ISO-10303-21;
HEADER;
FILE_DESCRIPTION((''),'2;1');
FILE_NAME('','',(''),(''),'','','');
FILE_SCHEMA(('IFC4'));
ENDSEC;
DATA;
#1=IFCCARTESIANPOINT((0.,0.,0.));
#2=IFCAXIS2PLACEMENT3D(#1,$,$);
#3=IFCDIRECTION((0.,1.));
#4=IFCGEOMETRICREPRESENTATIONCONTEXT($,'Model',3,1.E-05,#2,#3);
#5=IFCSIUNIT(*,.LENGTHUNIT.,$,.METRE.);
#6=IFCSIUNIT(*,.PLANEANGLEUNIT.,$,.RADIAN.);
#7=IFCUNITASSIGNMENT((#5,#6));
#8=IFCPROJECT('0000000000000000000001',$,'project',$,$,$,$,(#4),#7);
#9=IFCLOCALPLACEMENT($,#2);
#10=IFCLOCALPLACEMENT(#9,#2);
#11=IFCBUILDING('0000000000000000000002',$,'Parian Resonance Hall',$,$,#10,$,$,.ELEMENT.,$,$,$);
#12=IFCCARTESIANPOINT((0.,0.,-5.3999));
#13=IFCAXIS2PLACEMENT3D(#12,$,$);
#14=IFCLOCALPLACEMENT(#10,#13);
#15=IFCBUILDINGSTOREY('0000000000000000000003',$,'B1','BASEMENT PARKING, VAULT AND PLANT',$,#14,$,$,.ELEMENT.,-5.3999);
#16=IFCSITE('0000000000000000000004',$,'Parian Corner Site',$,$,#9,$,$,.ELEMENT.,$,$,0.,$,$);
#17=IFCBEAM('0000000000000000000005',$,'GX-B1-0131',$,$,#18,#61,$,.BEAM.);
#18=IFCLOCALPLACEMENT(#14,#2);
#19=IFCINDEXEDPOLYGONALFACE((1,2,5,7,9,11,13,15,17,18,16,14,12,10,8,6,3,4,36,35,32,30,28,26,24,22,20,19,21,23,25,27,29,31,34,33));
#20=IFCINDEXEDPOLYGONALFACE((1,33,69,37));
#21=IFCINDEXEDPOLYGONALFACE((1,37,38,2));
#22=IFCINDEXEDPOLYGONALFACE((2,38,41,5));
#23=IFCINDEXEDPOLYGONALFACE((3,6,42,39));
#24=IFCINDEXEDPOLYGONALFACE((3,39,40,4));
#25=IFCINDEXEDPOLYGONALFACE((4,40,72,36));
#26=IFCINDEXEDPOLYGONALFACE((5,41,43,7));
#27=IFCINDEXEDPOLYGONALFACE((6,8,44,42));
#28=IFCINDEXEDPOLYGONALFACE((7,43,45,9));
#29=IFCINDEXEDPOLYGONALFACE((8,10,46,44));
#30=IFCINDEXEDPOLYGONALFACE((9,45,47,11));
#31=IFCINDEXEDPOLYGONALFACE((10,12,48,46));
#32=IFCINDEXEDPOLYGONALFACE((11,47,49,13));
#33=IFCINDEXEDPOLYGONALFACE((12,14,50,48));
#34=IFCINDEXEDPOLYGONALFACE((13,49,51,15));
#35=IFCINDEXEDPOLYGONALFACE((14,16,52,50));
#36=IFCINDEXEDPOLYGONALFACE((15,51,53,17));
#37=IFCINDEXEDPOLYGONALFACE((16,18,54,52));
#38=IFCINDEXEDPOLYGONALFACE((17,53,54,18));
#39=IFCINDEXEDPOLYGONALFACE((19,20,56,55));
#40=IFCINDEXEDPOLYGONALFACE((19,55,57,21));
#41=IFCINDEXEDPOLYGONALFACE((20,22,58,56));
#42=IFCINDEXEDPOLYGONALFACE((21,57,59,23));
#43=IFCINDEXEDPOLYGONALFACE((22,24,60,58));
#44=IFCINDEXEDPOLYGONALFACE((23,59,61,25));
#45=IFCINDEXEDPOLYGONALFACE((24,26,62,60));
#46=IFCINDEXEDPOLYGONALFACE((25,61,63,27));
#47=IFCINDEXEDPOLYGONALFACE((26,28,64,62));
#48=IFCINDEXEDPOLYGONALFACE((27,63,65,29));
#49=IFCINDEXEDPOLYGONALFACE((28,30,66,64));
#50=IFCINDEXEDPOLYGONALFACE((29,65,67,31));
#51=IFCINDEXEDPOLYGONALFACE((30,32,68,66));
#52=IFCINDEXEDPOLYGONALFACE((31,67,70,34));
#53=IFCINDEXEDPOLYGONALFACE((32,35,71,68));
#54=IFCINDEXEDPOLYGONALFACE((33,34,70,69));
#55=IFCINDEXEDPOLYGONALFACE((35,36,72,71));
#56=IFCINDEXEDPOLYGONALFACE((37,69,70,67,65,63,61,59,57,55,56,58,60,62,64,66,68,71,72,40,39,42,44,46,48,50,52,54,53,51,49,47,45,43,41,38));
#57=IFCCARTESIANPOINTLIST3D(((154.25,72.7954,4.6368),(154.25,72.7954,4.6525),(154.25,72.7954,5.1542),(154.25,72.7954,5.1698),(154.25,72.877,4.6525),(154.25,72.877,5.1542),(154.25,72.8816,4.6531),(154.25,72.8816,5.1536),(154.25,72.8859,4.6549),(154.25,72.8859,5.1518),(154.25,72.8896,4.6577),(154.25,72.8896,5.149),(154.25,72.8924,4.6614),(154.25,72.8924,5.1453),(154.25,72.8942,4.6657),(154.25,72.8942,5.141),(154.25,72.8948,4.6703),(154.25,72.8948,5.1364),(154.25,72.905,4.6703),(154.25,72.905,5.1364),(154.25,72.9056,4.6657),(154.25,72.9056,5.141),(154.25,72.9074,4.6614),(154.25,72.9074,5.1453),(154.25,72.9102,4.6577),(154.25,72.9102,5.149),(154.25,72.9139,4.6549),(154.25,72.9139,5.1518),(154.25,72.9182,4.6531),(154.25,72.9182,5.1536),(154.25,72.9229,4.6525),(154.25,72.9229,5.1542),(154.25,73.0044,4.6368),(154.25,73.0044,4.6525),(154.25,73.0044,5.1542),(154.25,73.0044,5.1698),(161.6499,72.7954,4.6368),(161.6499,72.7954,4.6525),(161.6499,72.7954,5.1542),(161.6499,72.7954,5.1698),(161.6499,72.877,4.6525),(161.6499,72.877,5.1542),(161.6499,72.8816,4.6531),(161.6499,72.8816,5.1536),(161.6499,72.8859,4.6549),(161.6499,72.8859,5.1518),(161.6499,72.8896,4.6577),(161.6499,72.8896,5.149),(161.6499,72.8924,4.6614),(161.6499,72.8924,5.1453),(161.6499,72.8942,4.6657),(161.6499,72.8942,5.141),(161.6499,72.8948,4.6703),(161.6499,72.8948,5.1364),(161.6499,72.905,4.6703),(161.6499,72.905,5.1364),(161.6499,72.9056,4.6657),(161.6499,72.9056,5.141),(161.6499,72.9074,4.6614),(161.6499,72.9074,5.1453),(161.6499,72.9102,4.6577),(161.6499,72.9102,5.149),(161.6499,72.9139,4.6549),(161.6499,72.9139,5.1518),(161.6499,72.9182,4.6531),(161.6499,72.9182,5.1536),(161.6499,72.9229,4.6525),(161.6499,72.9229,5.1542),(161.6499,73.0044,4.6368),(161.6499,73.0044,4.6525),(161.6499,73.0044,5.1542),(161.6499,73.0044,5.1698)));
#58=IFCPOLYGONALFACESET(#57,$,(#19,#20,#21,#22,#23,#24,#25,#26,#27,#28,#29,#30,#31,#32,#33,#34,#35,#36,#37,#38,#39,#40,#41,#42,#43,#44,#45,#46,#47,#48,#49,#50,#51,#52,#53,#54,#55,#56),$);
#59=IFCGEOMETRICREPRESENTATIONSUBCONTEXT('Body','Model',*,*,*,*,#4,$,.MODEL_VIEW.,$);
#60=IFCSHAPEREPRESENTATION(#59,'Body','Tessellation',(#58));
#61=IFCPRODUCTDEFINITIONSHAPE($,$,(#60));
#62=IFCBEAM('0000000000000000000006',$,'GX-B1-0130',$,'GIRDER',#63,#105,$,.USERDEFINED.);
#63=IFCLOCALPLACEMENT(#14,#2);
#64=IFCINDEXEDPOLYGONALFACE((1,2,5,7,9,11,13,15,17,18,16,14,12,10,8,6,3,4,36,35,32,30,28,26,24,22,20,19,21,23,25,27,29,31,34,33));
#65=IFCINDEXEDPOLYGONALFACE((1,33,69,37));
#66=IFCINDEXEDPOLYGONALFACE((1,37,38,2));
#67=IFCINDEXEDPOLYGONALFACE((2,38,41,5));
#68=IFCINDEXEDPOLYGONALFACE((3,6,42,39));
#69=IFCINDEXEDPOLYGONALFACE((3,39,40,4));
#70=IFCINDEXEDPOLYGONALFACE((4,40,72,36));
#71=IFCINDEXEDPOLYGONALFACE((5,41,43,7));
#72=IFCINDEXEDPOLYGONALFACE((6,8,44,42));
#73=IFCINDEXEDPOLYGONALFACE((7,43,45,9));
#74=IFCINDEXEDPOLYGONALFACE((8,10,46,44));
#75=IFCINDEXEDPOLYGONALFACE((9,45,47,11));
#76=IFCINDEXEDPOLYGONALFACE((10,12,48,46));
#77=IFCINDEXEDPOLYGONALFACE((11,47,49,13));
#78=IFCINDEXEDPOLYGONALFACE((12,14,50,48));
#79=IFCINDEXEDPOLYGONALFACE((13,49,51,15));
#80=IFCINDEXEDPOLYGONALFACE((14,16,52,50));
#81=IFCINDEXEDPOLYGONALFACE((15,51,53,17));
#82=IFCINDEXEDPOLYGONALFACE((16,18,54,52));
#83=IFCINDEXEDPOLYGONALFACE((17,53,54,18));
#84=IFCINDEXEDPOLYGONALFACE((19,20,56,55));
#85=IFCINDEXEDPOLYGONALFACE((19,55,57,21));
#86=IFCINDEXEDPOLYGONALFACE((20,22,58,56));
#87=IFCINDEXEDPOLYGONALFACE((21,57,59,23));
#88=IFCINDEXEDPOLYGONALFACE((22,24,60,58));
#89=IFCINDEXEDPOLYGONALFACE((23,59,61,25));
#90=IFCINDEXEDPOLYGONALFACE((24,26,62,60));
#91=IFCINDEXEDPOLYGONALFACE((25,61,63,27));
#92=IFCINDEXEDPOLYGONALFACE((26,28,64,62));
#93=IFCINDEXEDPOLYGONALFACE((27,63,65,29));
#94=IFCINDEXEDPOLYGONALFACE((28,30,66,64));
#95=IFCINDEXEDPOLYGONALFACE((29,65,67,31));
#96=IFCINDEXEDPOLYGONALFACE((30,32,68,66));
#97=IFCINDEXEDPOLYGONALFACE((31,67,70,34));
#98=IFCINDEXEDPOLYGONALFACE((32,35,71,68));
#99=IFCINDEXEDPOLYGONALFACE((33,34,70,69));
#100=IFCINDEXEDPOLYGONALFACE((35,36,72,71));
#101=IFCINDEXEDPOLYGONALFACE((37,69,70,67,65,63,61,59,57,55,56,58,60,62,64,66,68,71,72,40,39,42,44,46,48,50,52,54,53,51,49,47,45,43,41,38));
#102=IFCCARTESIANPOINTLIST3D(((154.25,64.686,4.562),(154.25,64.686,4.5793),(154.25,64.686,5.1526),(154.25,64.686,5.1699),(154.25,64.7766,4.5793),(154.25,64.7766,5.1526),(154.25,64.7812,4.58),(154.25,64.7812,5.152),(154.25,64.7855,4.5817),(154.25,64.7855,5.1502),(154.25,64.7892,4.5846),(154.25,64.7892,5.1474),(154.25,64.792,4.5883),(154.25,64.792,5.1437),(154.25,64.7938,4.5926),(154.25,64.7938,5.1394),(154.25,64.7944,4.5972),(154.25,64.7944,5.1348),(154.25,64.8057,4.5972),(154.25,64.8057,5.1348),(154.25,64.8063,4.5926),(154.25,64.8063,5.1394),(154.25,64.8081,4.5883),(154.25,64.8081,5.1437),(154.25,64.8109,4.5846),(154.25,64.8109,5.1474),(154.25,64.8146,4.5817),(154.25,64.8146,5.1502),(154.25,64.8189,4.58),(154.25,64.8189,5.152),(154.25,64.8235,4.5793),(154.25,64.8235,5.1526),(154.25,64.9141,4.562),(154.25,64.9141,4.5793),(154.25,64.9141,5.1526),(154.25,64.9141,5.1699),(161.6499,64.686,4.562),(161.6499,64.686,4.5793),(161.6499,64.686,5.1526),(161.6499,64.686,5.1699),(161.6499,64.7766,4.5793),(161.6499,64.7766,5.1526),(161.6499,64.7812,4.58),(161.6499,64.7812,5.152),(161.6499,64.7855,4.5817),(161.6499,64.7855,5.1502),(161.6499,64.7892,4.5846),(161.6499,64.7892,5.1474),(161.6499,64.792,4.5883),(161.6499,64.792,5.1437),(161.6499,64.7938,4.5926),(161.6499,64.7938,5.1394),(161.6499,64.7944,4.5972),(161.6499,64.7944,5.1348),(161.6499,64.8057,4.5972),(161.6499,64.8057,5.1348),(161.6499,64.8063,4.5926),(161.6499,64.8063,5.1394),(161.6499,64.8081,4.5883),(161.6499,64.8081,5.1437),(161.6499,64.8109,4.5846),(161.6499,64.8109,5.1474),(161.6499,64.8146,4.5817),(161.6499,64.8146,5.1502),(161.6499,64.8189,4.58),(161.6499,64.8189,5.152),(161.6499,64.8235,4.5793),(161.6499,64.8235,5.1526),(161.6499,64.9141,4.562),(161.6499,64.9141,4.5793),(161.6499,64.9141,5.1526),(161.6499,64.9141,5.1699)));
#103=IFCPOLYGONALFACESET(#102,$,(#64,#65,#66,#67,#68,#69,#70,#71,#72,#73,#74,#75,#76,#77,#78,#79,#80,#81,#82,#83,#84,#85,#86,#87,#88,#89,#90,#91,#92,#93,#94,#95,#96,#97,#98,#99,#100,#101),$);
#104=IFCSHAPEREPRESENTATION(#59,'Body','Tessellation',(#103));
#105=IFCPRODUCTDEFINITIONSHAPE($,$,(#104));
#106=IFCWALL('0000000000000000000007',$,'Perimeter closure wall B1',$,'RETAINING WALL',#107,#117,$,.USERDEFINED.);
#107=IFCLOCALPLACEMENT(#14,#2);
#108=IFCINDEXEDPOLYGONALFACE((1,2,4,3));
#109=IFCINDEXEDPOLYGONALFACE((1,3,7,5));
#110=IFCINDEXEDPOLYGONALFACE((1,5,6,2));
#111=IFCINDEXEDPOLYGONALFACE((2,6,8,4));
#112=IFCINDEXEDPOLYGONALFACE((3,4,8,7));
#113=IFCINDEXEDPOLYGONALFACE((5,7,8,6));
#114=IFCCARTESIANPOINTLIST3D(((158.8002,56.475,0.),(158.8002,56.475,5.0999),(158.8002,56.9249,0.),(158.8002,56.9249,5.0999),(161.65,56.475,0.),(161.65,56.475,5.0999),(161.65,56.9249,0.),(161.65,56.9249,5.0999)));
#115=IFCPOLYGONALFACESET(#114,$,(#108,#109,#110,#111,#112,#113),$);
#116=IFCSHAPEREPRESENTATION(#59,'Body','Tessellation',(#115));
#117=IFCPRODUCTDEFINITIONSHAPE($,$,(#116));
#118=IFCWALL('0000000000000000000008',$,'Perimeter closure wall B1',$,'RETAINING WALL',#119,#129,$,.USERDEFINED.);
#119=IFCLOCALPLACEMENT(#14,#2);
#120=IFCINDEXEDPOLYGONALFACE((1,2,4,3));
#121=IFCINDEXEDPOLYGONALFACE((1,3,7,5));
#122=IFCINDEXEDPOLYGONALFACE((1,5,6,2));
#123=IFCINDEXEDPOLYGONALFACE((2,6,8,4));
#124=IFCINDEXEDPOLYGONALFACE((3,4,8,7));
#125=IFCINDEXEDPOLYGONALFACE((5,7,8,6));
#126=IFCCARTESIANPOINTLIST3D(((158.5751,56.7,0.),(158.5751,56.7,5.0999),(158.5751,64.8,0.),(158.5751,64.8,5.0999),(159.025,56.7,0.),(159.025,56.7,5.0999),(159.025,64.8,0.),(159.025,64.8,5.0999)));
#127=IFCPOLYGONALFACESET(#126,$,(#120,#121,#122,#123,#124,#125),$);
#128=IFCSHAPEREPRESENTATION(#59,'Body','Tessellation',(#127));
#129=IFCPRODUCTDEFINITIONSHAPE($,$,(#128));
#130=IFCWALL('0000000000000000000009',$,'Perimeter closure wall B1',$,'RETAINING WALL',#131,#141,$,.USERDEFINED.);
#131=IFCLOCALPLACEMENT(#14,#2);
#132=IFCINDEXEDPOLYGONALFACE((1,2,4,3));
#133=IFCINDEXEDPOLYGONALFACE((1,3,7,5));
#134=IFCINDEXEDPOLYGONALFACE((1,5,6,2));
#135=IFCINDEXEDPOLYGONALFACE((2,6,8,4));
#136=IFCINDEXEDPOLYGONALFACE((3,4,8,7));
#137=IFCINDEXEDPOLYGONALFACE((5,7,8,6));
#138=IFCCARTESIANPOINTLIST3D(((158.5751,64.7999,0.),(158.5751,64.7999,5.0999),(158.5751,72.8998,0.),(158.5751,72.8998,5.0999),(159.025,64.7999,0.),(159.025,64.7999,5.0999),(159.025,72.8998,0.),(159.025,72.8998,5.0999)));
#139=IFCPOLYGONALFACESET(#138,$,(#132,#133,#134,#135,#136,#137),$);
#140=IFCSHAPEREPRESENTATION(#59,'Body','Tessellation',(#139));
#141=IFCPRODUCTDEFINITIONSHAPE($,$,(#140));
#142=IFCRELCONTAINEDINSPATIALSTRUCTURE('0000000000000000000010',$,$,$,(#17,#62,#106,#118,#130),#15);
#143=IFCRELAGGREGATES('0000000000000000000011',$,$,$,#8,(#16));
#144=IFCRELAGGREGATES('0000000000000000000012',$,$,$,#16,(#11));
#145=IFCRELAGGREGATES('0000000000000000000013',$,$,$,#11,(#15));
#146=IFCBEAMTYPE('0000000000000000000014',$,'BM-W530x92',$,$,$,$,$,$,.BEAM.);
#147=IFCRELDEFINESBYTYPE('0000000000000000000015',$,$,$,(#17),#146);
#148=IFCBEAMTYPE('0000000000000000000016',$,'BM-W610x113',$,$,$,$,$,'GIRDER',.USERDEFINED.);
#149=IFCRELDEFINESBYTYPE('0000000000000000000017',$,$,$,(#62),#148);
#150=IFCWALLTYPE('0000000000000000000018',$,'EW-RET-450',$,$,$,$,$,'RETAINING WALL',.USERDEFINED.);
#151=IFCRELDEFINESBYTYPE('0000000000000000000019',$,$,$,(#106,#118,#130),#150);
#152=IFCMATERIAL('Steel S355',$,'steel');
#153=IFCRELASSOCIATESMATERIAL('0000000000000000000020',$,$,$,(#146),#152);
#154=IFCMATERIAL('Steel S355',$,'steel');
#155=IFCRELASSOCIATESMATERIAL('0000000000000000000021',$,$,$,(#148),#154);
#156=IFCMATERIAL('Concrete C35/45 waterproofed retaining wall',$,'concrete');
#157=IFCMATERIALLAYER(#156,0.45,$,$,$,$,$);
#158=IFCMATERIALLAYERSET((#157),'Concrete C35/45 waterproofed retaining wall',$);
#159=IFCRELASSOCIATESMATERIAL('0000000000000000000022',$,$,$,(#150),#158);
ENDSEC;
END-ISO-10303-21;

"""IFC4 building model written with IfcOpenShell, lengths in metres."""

from ifc_helpers import new_model, si_unit, direction, frame, frame_2d, origin, origin_2d, place, context, subcontext, project, spatial, rectangle, i_section, extrude, material, layer, layer_set, material_profile, profile_set, type_object, element, save


model = new_model("IFC4")

# Units and contexts
model_context = context("Model", 3, precision=1e-05, world=origin(), true_north=direction((0.0, 1.0)))
body_context = subcontext(model_context, "Body", "Model", "MODEL_VIEW")
ifc_project = project(units=[si_unit("LENGTHUNIT", "METRE"), si_unit("PLANEANGLEUNIT", "RADIAN")], contexts=[model_context])

# Site, building, storey
site_placement = place(None, origin())
site = spatial("IfcSite", under=ifc_project, at=site_placement, Name="Parian Corner Site", CompositionType="ELEMENT", RefElevation=0.0)
building_placement = place(site_placement, origin())
building = spatial("IfcBuilding", under=site, at=building_placement, Name="Parian Resonance Hall", CompositionType="ELEMENT")
storey_placement = place(building_placement, frame((0.0, 0.0, -5.3999)))
storey = spatial("IfcBuildingStorey", under=building, at=storey_placement, Name="B1", Description="BASEMENT PARKING, VAULT AND PLANT", CompositionType="ELEMENT", Elevation=-5.3999)

# Beams
ifc_material_1 = material(Name="Steel S355", Category="steel")
ifc_material_profile_1 = material_profile(ifc_material_1, i_section(OverallWidth=0.209, OverallDepth=0.533, WebThickness=0.0103, FlangeThickness=0.0156, FilletRadius=0.0178, at=origin_2d()), Name="W530x92")
ifc_profile_set_1 = profile_set([ifc_material_profile_1], Name="Steel S355")
beam_type_1 = type_object("IfcBeamType", Name="BM-W530x92", PredefinedType="BEAM", material=ifc_profile_set_1)
beam_1_placement = place(storey_placement, frame((154.25, 72.8999, 4.9033), z_axis=(1.0, 0.0, 0.0), x_axis=(0.0, 1.0, 0.0)))
element("IfcBeam", 1, at=beam_1_placement, inside=storey, type_object=beam_type_1, Name="GX-B1-0131", PredefinedType="BEAM", context=body_context, shape_type="SweptSolid", body=[
    extrude(i_section(OverallWidth=0.209, OverallDepth=0.533, WebThickness=0.0103, FlangeThickness=0.0156, FilletRadius=0.0178, at=origin_2d()), origin(), (0.0, 0.0, 1.0), 7.3999),
])
ifc_material_2 = material(Name="Steel S355", Category="steel")
ifc_material_profile_2 = material_profile(ifc_material_2, i_section(OverallWidth=0.228, OverallDepth=0.6079, WebThickness=0.0112, FlangeThickness=0.0173, FilletRadius=0.0178, at=origin_2d()), Name="W610x113")
ifc_profile_set_2 = profile_set([ifc_material_profile_2], Name="Steel S355")
beam_type_2 = type_object("IfcBeamType", Name="BM-W610x113", ElementType="GIRDER", PredefinedType="USERDEFINED", material=ifc_profile_set_2)
beam_2_placement = place(storey_placement, frame((154.25, 64.8, 4.866), z_axis=(1.0, 0.0, 0.0), x_axis=(0.0, 1.0, 0.0)))
element("IfcBeam", 2, at=beam_2_placement, inside=storey, type_object=beam_type_2, Name="GX-B1-0130", ObjectType="GIRDER", PredefinedType="USERDEFINED", context=body_context, shape_type="SweptSolid", body=[
    extrude(i_section(OverallWidth=0.228, OverallDepth=0.6079, WebThickness=0.0112, FlangeThickness=0.0173, FilletRadius=0.0178, at=origin_2d()), origin(), (0.0, 0.0, 1.0), 7.3999),
])

# Walls
ifc_material_3 = material(Name="Concrete C35/45 waterproofed retaining wall", Category="concrete")
ifc_layer = layer(ifc_material_3, 0.45)
ifc_layer_set = layer_set([ifc_layer], Name="Concrete C35/45 waterproofed retaining wall")
wall_type = type_object("IfcWallType", Name="EW-RET-450", ElementType="RETAINING WALL", PredefinedType="USERDEFINED", material=ifc_layer_set)
wall_1_placement = place(storey_placement, frame((161.6499, 56.7, 0.0), z_axis=(0.0, 0.0, 1.0), x_axis=(-1.0, 0.0, 0.0)))
element("IfcWall", 3, at=wall_1_placement, inside=storey, type_object=wall_type, Name="Perimeter closure wall B1", ObjectType="RETAINING WALL", PredefinedType="USERDEFINED", context=body_context, shape_type="SweptSolid", body=[
    extrude(rectangle(XDim=2.8499, YDim=0.45, at=frame_2d((1.4248, 0.0))), origin(), (0.0, 0.0, 1.0), 5.0999),
])
wall_2_placement = place(storey_placement, frame((158.8, 56.7, 0.0), z_axis=(0.0, 0.0, 1.0), x_axis=(0.0, 1.0, 0.0)))
element("IfcWall", 4, at=wall_2_placement, inside=storey, type_object=wall_type, Name="Perimeter closure wall B1", ObjectType="RETAINING WALL", PredefinedType="USERDEFINED", context=body_context, shape_type="SweptSolid", body=[
    extrude(rectangle(XDim=8.1001, YDim=0.45, at=frame_2d((4.05, 0.0))), origin(), (0.0, 0.0, 1.0), 5.0999),
])
wall_3_placement = place(storey_placement, frame((158.8, 64.8, 0.0), z_axis=(0.0, 0.0, 1.0), x_axis=(0.0, 1.0, 0.0)))
element("IfcWall", 5, at=wall_3_placement, inside=storey, type_object=wall_type, Name="Perimeter closure wall B1", ObjectType="RETAINING WALL", PredefinedType="USERDEFINED", context=body_context, shape_type="SweptSolid", body=[
    extrude(rectangle(XDim=8.0999, YDim=0.45, at=frame_2d((4.0498, 0.0))), origin(), (0.0, 0.0, 1.0), 5.0999),
])

save(model, "model.ifc")
